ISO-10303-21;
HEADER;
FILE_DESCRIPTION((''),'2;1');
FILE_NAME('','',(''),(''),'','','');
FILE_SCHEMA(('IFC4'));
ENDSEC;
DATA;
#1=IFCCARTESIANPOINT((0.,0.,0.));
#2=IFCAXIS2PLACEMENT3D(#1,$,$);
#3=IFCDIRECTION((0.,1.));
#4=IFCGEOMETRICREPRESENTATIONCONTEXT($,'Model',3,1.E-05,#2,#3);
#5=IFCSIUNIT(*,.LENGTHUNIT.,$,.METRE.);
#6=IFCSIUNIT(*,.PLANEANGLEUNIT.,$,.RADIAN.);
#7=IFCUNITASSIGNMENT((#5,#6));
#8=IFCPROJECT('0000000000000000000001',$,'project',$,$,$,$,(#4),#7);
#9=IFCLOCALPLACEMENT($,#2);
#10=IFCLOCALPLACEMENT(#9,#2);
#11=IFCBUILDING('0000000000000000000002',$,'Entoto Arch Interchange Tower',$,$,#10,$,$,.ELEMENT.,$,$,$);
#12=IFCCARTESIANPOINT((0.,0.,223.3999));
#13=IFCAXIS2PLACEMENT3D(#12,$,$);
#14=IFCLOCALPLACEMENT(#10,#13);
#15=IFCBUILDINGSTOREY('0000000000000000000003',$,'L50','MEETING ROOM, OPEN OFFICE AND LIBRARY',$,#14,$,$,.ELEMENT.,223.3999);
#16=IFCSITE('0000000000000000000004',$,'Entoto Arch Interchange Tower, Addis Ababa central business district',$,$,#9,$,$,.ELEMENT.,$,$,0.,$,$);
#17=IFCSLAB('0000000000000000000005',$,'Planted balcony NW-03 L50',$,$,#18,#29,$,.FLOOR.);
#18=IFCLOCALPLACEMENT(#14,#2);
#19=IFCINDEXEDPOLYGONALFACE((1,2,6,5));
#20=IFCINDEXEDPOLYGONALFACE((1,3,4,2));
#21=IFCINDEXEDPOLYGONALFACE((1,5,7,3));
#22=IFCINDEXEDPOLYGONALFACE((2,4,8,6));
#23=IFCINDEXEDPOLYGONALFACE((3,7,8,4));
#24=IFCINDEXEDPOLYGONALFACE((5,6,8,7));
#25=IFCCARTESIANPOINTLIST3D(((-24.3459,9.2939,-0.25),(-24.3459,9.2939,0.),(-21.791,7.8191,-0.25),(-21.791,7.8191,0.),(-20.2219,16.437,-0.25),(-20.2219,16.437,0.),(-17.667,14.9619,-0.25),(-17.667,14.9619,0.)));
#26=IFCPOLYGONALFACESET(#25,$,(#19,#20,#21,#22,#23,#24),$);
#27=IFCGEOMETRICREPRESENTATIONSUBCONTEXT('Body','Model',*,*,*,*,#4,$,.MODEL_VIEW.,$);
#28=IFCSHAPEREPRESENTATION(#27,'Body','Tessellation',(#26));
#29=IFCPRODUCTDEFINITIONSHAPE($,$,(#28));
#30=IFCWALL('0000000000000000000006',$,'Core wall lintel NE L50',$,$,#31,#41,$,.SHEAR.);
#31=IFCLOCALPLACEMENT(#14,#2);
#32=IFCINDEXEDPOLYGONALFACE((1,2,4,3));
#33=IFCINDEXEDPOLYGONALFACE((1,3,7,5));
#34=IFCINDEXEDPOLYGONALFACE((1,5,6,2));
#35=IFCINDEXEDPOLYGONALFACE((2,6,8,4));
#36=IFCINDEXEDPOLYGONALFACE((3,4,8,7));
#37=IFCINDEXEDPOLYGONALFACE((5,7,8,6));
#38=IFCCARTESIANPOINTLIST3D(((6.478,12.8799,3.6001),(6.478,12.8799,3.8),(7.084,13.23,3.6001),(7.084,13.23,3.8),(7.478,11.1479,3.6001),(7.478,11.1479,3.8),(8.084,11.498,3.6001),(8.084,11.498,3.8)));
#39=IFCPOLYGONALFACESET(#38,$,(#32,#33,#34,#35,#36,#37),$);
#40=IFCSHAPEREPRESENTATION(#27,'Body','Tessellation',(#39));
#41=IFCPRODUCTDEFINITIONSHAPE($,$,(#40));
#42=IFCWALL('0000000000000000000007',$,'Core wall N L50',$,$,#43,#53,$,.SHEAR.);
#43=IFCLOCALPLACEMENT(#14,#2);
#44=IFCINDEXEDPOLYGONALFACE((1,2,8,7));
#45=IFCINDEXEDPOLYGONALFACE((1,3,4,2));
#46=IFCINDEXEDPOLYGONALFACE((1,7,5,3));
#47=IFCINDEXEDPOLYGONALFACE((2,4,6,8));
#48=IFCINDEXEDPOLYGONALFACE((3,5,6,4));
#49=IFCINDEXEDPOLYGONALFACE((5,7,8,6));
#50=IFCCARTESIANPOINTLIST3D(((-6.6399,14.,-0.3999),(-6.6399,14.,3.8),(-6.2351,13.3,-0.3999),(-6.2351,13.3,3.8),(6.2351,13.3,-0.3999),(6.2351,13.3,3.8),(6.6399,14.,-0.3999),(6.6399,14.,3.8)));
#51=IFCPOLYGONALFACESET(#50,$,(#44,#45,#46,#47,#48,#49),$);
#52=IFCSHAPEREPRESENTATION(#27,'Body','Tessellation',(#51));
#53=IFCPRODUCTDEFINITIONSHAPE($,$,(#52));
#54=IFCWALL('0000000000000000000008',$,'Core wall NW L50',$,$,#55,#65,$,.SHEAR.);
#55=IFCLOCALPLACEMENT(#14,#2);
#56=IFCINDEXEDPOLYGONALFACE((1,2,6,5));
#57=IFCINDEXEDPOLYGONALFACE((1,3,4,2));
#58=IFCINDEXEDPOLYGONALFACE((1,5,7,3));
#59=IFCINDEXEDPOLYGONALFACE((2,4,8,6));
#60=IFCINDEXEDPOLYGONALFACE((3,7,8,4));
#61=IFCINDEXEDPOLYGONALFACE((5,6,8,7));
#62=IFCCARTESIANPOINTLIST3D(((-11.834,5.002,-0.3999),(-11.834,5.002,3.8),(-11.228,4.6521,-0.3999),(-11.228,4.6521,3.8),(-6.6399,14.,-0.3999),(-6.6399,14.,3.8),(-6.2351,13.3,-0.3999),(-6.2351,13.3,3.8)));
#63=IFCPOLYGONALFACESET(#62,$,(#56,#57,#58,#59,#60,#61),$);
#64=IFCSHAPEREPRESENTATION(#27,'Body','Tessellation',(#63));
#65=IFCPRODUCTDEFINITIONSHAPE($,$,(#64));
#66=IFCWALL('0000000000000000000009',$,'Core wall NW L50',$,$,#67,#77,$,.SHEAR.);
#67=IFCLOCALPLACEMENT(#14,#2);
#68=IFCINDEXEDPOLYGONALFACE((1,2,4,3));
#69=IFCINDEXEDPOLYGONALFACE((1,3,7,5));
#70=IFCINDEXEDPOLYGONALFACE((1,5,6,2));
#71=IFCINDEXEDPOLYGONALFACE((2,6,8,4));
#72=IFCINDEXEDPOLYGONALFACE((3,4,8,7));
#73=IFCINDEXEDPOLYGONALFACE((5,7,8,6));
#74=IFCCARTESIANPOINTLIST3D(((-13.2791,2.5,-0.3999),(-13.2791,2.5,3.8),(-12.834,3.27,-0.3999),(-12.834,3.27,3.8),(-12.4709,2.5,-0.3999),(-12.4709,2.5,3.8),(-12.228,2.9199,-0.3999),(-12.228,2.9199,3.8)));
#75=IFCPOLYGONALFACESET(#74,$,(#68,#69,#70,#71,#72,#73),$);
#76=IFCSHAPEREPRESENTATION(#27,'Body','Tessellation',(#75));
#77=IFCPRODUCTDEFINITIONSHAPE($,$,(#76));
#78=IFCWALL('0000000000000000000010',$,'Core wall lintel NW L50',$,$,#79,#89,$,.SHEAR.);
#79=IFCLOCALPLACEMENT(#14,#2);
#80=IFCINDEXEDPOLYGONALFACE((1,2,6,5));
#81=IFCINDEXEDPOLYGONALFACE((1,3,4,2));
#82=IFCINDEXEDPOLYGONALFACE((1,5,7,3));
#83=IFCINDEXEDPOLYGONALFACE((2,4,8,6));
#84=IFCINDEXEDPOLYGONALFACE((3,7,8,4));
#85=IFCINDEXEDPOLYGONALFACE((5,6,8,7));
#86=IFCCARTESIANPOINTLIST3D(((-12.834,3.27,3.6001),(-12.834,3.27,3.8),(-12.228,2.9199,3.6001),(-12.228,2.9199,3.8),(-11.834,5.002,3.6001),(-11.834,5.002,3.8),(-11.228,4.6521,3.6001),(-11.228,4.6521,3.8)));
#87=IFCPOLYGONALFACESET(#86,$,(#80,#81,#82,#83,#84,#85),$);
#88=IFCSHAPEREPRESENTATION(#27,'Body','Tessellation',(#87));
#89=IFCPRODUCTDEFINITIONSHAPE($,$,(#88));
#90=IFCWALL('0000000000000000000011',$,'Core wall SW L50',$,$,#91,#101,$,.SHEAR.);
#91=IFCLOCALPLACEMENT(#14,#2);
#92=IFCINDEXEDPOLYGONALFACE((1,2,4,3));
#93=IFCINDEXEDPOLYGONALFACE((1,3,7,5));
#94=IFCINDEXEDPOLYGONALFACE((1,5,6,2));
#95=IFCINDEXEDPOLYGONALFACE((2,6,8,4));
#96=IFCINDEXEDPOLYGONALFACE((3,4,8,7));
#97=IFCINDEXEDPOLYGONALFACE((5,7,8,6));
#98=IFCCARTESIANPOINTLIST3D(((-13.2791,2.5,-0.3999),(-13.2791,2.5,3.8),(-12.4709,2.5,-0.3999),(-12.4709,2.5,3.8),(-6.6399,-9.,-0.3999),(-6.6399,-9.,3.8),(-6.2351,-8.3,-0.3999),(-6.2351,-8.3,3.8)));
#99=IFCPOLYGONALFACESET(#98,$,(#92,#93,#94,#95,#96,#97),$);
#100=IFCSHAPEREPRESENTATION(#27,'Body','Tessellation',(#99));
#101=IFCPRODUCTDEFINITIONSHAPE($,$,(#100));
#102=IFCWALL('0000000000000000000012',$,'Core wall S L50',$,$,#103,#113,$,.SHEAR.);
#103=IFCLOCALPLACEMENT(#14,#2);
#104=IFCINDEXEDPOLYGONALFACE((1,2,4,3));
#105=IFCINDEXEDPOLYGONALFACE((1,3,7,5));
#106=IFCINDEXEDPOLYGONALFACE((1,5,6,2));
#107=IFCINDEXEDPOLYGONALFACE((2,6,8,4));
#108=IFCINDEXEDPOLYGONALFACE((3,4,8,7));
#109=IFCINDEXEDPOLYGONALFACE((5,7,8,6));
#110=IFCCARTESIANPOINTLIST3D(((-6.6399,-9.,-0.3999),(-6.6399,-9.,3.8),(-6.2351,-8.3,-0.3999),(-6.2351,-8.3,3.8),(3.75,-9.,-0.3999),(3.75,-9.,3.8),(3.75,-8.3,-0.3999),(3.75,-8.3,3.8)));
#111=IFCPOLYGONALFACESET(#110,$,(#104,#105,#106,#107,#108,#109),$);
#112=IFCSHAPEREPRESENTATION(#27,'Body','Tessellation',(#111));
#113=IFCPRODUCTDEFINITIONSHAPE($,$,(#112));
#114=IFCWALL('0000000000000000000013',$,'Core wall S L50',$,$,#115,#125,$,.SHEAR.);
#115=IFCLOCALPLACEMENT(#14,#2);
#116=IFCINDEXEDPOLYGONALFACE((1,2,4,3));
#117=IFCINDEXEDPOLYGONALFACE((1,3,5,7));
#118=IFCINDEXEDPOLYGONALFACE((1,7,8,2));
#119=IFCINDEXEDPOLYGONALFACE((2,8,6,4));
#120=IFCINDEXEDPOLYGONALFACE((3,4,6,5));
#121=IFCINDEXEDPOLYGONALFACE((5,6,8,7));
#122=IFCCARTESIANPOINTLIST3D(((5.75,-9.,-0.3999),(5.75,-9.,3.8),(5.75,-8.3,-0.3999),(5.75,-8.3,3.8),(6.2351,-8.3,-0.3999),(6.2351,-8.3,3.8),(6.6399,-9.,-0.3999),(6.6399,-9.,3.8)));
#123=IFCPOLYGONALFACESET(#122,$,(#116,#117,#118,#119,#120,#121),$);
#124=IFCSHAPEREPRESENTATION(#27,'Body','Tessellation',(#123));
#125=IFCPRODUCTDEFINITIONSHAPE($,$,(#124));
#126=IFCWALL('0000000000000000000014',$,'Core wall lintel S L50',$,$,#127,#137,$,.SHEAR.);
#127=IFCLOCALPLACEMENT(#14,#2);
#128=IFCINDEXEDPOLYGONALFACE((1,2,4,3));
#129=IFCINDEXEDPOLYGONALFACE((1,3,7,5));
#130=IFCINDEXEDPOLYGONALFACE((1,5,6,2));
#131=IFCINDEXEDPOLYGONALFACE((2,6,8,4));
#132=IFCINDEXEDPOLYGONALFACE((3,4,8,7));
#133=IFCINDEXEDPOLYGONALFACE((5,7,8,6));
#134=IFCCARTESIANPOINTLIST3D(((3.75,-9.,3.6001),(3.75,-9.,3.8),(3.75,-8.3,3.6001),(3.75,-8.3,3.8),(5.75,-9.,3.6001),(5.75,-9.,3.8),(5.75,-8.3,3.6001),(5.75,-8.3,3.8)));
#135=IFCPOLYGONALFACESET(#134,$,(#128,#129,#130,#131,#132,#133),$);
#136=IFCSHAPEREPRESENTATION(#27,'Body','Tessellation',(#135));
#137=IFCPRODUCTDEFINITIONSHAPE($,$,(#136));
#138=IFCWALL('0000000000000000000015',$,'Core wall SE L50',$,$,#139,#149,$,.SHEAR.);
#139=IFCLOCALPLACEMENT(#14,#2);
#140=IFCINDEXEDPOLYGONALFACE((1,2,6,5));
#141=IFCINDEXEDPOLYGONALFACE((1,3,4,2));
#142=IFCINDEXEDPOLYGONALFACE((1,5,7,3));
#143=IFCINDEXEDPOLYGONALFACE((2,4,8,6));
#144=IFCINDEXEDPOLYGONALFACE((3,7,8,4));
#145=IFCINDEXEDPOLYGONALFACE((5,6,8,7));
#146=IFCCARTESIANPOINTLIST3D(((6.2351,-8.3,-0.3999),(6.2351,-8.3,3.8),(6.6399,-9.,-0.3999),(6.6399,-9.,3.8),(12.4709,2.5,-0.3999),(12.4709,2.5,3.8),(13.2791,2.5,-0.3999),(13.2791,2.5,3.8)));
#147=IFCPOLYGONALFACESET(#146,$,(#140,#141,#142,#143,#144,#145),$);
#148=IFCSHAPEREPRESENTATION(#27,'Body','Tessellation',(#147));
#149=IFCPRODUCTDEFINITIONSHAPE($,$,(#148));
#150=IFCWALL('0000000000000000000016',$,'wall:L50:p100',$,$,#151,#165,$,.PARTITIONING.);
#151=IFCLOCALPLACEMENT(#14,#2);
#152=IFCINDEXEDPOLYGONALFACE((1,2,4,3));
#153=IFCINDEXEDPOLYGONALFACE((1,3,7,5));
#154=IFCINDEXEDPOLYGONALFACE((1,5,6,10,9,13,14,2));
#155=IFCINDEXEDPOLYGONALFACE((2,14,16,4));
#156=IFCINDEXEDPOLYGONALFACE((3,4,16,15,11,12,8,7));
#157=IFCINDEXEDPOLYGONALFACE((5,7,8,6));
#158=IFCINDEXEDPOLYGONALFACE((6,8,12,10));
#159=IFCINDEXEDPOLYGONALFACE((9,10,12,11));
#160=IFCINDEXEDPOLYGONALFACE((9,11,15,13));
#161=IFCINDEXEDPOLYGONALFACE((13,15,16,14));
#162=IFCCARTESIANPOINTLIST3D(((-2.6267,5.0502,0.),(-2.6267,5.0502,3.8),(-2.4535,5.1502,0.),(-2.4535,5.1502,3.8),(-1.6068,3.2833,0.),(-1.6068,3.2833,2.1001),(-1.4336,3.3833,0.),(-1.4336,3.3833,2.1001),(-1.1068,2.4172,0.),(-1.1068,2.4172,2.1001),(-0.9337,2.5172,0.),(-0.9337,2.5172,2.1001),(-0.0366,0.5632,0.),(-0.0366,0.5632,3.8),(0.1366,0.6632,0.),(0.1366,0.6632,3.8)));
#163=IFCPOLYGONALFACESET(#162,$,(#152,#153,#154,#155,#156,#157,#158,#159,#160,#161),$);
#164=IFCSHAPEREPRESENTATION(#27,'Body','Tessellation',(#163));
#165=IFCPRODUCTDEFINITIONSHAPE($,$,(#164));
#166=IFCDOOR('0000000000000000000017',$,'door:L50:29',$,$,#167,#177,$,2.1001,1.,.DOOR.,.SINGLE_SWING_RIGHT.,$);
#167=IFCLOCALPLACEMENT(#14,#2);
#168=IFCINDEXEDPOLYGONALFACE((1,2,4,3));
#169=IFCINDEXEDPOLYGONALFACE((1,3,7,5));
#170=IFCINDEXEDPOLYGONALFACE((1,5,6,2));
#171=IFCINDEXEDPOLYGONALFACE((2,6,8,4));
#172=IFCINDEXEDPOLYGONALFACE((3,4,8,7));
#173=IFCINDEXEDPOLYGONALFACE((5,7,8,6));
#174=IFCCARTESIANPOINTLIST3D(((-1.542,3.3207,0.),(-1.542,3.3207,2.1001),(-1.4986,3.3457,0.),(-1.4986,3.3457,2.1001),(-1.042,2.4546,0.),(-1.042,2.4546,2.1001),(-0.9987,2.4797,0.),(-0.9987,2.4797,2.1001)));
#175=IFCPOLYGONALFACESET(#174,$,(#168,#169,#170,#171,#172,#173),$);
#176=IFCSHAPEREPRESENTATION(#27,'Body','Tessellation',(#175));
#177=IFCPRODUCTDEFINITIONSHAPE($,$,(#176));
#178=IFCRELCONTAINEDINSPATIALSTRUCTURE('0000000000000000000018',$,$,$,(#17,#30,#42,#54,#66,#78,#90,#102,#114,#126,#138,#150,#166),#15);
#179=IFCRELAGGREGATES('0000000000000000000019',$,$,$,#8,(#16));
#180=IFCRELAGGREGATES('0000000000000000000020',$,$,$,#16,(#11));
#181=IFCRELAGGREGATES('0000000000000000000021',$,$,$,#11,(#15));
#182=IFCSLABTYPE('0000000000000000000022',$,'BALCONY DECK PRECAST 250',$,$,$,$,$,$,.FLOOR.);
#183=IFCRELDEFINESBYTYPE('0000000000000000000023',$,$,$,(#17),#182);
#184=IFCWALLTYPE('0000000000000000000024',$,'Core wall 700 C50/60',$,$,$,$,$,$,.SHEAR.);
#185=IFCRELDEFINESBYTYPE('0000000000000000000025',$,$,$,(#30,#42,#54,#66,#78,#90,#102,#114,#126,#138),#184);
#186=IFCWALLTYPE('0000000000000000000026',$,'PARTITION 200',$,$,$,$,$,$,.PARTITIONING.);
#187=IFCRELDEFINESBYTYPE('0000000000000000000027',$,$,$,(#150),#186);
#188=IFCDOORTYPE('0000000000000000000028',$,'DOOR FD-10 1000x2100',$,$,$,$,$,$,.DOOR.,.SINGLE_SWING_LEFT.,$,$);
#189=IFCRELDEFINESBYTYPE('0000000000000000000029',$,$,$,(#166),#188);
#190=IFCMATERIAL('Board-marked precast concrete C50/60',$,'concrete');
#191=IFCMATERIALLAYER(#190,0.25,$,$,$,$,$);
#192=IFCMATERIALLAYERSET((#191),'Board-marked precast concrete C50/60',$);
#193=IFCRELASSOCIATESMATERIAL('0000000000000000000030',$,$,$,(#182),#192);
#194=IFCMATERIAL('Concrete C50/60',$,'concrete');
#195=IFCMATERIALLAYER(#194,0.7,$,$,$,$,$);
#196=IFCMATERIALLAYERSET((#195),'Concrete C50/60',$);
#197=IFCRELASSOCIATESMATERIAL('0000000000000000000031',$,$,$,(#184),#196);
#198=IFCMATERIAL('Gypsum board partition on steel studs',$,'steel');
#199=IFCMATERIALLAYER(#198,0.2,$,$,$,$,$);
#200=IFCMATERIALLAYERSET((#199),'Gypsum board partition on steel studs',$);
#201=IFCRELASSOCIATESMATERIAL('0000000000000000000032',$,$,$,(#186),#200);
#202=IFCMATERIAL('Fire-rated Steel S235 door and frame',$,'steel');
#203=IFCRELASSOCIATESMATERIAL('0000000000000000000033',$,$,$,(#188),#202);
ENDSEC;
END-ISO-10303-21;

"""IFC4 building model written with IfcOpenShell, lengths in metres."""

from ifc_helpers import new_model, si_unit, direction, frame, frame_2d, origin, place, context, subcontext, project, spatial, polyline, rectangle, outline, extrude, material, layer, layer_set, type_object, element, fill, save


model = new_model("IFC4")

# Units and contexts
model_context = context("Model", 3, precision=1e-05, world=origin(), true_north=direction((0.0, 1.0)))
body_context = subcontext(model_context, "Body", "Model", "MODEL_VIEW")
ifc_project = project(units=[si_unit("LENGTHUNIT", "METRE"), si_unit("PLANEANGLEUNIT", "RADIAN")], contexts=[model_context])

# Site, building, storey
site_placement = place(None, origin())
site = spatial("IfcSite", under=ifc_project, at=site_placement, Name="Entoto Arch Interchange Tower, Addis Ababa central business district", CompositionType="ELEMENT", RefElevation=0.0)
building_placement = place(site_placement, origin())
building = spatial("IfcBuilding", under=site, at=building_placement, Name="Entoto Arch Interchange Tower", CompositionType="ELEMENT")
storey_placement = place(building_placement, frame((0.0, 0.0, 223.3999)))
storey = spatial("IfcBuildingStorey", under=building, at=storey_placement, Name="L50", Description="MEETING ROOM, OPEN OFFICE AND LIBRARY", CompositionType="ELEMENT", Elevation=223.3999)

# Slab
ifc_material_1 = material(Name="Board-marked precast concrete C50/60", Category="concrete")
ifc_layer_1 = layer(ifc_material_1, 0.25)
ifc_layer_set_1 = layer_set([ifc_layer_1], Name="Board-marked precast concrete C50/60")
slab_type = type_object("IfcSlabType", Name="BALCONY DECK PRECAST 250", PredefinedType="FLOOR", material=ifc_layer_set_1)
slab_placement = place(storey_placement, frame((0.0, 0.0, -0.25)))
element("IfcSlab", 1, at=slab_placement, inside=storey, type_object=slab_type, Name="Planted balcony NW-03 L50", PredefinedType="FLOOR", context=body_context, shape_type="SweptSolid", body=[
    extrude(outline(polyline([(-17.667, 14.9619), (-21.791, 7.8191), (-24.3459, 9.2939), (-20.2219, 16.437), (-17.667, 14.9619)])), origin(), (0.0, 0.0, 1.0), 0.25),
])

# Walls
ifc_material_2 = material(Name="Concrete C50/60", Category="concrete")
ifc_layer_2 = layer(ifc_material_2, 0.7)
ifc_layer_set_2 = layer_set([ifc_layer_2], Name="Concrete C50/60")
wall_type_1 = type_object("IfcWallType", Name="Core wall 700 C50/60", PredefinedType="SHEAR", material=ifc_layer_set_2)
wall_1_placement = place(storey_placement, frame((0.0, 0.0, 3.6001)))
element("IfcWall", 2, at=wall_1_placement, inside=storey, type_object=wall_type_1, Name="Core wall lintel NE L50", PredefinedType="SHEAR", context=body_context, shape_type="SweptSolid", body=[
    extrude(outline(polyline([(7.084, 13.23), (6.478, 12.8799), (7.478, 11.1479), (8.084, 11.498), (7.084, 13.23)])), origin(), (0.0, 0.0, 1.0), 0.2),
])
wall_2_placement = place(storey_placement, frame((0.0, 0.0, -0.3999)))
element("IfcWall", 3, at=wall_2_placement, inside=storey, type_object=wall_type_1, Name="Core wall N L50", PredefinedType="SHEAR", context=body_context, shape_type="SweptSolid", body=[
    extrude(outline(polyline([(6.6399, 14.0), (-6.6399, 14.0), (-6.2351, 13.3), (6.2351, 13.3), (6.6399, 14.0)])), origin(), (0.0, 0.0, 1.0), 4.2),
])
wall_3_placement = place(storey_placement, frame((0.0, 0.0, -0.3999)))
element("IfcWall", 4, at=wall_3_placement, inside=storey, type_object=wall_type_1, Name="Core wall NW L50", PredefinedType="SHEAR", context=body_context, shape_type="SweptSolid", body=[
    extrude(outline(polyline([(-11.834, 5.002), (-11.228, 4.6521), (-6.2351, 13.3), (-6.6399, 14.0), (-11.834, 5.002)])), origin(), (0.0, 0.0, 1.0), 4.2),
])
wall_4_placement = place(storey_placement, frame((0.0, 0.0, -0.3999)))
element("IfcWall", 5, at=wall_4_placement, inside=storey, type_object=wall_type_1, Name="Core wall NW L50", PredefinedType="SHEAR", context=body_context, shape_type="SweptSolid", body=[
    extrude(outline(polyline([(-12.228, 2.9199), (-12.834, 3.27), (-13.2791, 2.5), (-12.4709, 2.5), (-12.228, 2.9199)])), origin(), (0.0, 0.0, 1.0), 4.2),
])
wall_5_placement = place(storey_placement, frame((0.0, 0.0, 3.6001)))
element("IfcWall", 6, at=wall_5_placement, inside=storey, type_object=wall_type_1, Name="Core wall lintel NW L50", PredefinedType="SHEAR", context=body_context, shape_type="SweptSolid", body=[
    extrude(outline(polyline([(-12.834, 3.27), (-12.228, 2.9199), (-11.228, 4.6521), (-11.834, 5.002), (-12.834, 3.27)])), origin(), (0.0, 0.0, 1.0), 0.2),
])
wall_6_placement = place(storey_placement, frame((0.0, 0.0, -0.3999)))
element("IfcWall", 7, at=wall_6_placement, inside=storey, type_object=wall_type_1, Name="Core wall SW L50", PredefinedType="SHEAR", context=body_context, shape_type="SweptSolid", body=[
    extrude(outline(polyline([(-13.2791, 2.5), (-6.6399, -9.0), (-6.2351, -8.3), (-12.4709, 2.5), (-13.2791, 2.5)])), origin(), (0.0, 0.0, 1.0), 4.2),
])
wall_7_placement = place(storey_placement, frame((0.0, 0.0, -0.3999)))
element("IfcWall", 8, at=wall_7_placement, inside=storey, type_object=wall_type_1, Name="Core wall S L50", PredefinedType="SHEAR", context=body_context, shape_type="SweptSolid", body=[
    extrude(outline(polyline([(3.75, -9.0), (3.75, -8.3), (-6.2351, -8.3), (-6.6399, -9.0), (3.75, -9.0)])), origin(), (0.0, 0.0, 1.0), 4.2),
])
wall_8_placement = place(storey_placement, frame((0.0, 0.0, -0.3999)))
element("IfcWall", 9, at=wall_8_placement, inside=storey, type_object=wall_type_1, Name="Core wall S L50", PredefinedType="SHEAR", context=body_context, shape_type="SweptSolid", body=[
    extrude(outline(polyline([(5.75, -8.3), (5.75, -9.0), (6.6399, -9.0), (6.2351, -8.3), (5.75, -8.3)])), origin(), (0.0, 0.0, 1.0), 4.2),
])
wall_9_placement = place(storey_placement, frame((0.0, 0.0, 3.6001)))
element("IfcWall", 10, at=wall_9_placement, inside=storey, type_object=wall_type_1, Name="Core wall lintel S L50", PredefinedType="SHEAR", context=body_context, shape_type="SweptSolid", body=[
    extrude(outline(polyline([(5.75, -9.0), (5.75, -8.3), (3.75, -8.3), (3.75, -9.0), (5.75, -9.0)])), origin(), (0.0, 0.0, 1.0), 0.2),
])
wall_10_placement = place(storey_placement, frame((0.0, 0.0, -0.3999)))
element("IfcWall", 11, at=wall_10_placement, inside=storey, type_object=wall_type_1, Name="Core wall SE L50", PredefinedType="SHEAR", context=body_context, shape_type="SweptSolid", body=[
    extrude(outline(polyline([(6.6399, -9.0), (13.2791, 2.5), (12.4709, 2.5), (6.2351, -8.3), (6.6399, -9.0)])), origin(), (0.0, 0.0, 1.0), 4.2),
])

# Wall, opening, door
ifc_material_3 = material(Name="Gypsum board partition on steel studs", Category="steel")
ifc_layer_3 = layer(ifc_material_3, 0.2)
ifc_layer_set_3 = layer_set([ifc_layer_3], Name="Gypsum board partition on steel studs")
wall_type_2 = type_object("IfcWallType", Name="PARTITION 200", PredefinedType="PARTITIONING", material=ifc_layer_set_3)
wall_11_placement = place(storey_placement, frame((-2.54, 5.1001, 0.0), z_axis=(0.0, 0.0, 1.0), x_axis=(0.499925, -0.866069, 0.0)))
wall_11 = element("IfcWall", 12, at=wall_11_placement, inside=storey, type_object=wall_type_2, Name="wall:L50:p100", PredefinedType="PARTITIONING", context=body_context, shape_type="SweptSolid", body=[
    extrude(rectangle(XDim=5.1809, YDim=0.2, at=frame_2d((2.5903, 0.0))), origin(), (0.0, 0.0, 1.0), 3.8),
])
opening_1_placement = place(wall_11_placement, frame((2.04, 0.0, 0.0)))
opening_1 = element("IfcOpeningElement", 13, at=opening_1_placement, cuts=wall_11, PredefinedType="OPENING", context=body_context, shape_type="SweptSolid", body=[
    extrude(rectangle(XDim=1.0, YDim=2.1001, at=frame_2d((0.5, 1.05))), frame((0.0, 0.1099, 0.0), z_axis=(0.0, -1.0, 0.0), x_axis=(1.0, 0.0, 0.0)), (0.0, 0.0, 1.0), 0.22),
])
ifc_material_4 = material(Name="Fire-rated Steel S235 door and frame", Category="steel")
door_type_1 = type_object("IfcDoorType", Name="DOOR FD-10 1000x2100", OperationType="SINGLE_SWING_LEFT", PredefinedType="DOOR", material=ifc_material_4)
door_1_placement = place(opening_1_placement, origin())
door_1 = element("IfcDoor", 14, at=door_1_placement, inside=storey, type_object=door_type_1, Name="door:L50:29", OperationType="SINGLE_SWING_RIGHT", OverallHeight=2.1001, OverallWidth=1.0, PredefinedType="DOOR", context=body_context, shape_type="SweptSolid", body=[
    extrude(rectangle(XDim=1.0, YDim=2.1001, at=frame_2d((0.5, 1.05))), frame((0.0, 0.0249, 0.0), z_axis=(0.0, -1.0, 0.0), x_axis=(1.0, 0.0, 0.0)), (0.0, 0.0, 1.0), 0.05),
])
fill(opening_1, door_1)

save(model, "model.ifc")
